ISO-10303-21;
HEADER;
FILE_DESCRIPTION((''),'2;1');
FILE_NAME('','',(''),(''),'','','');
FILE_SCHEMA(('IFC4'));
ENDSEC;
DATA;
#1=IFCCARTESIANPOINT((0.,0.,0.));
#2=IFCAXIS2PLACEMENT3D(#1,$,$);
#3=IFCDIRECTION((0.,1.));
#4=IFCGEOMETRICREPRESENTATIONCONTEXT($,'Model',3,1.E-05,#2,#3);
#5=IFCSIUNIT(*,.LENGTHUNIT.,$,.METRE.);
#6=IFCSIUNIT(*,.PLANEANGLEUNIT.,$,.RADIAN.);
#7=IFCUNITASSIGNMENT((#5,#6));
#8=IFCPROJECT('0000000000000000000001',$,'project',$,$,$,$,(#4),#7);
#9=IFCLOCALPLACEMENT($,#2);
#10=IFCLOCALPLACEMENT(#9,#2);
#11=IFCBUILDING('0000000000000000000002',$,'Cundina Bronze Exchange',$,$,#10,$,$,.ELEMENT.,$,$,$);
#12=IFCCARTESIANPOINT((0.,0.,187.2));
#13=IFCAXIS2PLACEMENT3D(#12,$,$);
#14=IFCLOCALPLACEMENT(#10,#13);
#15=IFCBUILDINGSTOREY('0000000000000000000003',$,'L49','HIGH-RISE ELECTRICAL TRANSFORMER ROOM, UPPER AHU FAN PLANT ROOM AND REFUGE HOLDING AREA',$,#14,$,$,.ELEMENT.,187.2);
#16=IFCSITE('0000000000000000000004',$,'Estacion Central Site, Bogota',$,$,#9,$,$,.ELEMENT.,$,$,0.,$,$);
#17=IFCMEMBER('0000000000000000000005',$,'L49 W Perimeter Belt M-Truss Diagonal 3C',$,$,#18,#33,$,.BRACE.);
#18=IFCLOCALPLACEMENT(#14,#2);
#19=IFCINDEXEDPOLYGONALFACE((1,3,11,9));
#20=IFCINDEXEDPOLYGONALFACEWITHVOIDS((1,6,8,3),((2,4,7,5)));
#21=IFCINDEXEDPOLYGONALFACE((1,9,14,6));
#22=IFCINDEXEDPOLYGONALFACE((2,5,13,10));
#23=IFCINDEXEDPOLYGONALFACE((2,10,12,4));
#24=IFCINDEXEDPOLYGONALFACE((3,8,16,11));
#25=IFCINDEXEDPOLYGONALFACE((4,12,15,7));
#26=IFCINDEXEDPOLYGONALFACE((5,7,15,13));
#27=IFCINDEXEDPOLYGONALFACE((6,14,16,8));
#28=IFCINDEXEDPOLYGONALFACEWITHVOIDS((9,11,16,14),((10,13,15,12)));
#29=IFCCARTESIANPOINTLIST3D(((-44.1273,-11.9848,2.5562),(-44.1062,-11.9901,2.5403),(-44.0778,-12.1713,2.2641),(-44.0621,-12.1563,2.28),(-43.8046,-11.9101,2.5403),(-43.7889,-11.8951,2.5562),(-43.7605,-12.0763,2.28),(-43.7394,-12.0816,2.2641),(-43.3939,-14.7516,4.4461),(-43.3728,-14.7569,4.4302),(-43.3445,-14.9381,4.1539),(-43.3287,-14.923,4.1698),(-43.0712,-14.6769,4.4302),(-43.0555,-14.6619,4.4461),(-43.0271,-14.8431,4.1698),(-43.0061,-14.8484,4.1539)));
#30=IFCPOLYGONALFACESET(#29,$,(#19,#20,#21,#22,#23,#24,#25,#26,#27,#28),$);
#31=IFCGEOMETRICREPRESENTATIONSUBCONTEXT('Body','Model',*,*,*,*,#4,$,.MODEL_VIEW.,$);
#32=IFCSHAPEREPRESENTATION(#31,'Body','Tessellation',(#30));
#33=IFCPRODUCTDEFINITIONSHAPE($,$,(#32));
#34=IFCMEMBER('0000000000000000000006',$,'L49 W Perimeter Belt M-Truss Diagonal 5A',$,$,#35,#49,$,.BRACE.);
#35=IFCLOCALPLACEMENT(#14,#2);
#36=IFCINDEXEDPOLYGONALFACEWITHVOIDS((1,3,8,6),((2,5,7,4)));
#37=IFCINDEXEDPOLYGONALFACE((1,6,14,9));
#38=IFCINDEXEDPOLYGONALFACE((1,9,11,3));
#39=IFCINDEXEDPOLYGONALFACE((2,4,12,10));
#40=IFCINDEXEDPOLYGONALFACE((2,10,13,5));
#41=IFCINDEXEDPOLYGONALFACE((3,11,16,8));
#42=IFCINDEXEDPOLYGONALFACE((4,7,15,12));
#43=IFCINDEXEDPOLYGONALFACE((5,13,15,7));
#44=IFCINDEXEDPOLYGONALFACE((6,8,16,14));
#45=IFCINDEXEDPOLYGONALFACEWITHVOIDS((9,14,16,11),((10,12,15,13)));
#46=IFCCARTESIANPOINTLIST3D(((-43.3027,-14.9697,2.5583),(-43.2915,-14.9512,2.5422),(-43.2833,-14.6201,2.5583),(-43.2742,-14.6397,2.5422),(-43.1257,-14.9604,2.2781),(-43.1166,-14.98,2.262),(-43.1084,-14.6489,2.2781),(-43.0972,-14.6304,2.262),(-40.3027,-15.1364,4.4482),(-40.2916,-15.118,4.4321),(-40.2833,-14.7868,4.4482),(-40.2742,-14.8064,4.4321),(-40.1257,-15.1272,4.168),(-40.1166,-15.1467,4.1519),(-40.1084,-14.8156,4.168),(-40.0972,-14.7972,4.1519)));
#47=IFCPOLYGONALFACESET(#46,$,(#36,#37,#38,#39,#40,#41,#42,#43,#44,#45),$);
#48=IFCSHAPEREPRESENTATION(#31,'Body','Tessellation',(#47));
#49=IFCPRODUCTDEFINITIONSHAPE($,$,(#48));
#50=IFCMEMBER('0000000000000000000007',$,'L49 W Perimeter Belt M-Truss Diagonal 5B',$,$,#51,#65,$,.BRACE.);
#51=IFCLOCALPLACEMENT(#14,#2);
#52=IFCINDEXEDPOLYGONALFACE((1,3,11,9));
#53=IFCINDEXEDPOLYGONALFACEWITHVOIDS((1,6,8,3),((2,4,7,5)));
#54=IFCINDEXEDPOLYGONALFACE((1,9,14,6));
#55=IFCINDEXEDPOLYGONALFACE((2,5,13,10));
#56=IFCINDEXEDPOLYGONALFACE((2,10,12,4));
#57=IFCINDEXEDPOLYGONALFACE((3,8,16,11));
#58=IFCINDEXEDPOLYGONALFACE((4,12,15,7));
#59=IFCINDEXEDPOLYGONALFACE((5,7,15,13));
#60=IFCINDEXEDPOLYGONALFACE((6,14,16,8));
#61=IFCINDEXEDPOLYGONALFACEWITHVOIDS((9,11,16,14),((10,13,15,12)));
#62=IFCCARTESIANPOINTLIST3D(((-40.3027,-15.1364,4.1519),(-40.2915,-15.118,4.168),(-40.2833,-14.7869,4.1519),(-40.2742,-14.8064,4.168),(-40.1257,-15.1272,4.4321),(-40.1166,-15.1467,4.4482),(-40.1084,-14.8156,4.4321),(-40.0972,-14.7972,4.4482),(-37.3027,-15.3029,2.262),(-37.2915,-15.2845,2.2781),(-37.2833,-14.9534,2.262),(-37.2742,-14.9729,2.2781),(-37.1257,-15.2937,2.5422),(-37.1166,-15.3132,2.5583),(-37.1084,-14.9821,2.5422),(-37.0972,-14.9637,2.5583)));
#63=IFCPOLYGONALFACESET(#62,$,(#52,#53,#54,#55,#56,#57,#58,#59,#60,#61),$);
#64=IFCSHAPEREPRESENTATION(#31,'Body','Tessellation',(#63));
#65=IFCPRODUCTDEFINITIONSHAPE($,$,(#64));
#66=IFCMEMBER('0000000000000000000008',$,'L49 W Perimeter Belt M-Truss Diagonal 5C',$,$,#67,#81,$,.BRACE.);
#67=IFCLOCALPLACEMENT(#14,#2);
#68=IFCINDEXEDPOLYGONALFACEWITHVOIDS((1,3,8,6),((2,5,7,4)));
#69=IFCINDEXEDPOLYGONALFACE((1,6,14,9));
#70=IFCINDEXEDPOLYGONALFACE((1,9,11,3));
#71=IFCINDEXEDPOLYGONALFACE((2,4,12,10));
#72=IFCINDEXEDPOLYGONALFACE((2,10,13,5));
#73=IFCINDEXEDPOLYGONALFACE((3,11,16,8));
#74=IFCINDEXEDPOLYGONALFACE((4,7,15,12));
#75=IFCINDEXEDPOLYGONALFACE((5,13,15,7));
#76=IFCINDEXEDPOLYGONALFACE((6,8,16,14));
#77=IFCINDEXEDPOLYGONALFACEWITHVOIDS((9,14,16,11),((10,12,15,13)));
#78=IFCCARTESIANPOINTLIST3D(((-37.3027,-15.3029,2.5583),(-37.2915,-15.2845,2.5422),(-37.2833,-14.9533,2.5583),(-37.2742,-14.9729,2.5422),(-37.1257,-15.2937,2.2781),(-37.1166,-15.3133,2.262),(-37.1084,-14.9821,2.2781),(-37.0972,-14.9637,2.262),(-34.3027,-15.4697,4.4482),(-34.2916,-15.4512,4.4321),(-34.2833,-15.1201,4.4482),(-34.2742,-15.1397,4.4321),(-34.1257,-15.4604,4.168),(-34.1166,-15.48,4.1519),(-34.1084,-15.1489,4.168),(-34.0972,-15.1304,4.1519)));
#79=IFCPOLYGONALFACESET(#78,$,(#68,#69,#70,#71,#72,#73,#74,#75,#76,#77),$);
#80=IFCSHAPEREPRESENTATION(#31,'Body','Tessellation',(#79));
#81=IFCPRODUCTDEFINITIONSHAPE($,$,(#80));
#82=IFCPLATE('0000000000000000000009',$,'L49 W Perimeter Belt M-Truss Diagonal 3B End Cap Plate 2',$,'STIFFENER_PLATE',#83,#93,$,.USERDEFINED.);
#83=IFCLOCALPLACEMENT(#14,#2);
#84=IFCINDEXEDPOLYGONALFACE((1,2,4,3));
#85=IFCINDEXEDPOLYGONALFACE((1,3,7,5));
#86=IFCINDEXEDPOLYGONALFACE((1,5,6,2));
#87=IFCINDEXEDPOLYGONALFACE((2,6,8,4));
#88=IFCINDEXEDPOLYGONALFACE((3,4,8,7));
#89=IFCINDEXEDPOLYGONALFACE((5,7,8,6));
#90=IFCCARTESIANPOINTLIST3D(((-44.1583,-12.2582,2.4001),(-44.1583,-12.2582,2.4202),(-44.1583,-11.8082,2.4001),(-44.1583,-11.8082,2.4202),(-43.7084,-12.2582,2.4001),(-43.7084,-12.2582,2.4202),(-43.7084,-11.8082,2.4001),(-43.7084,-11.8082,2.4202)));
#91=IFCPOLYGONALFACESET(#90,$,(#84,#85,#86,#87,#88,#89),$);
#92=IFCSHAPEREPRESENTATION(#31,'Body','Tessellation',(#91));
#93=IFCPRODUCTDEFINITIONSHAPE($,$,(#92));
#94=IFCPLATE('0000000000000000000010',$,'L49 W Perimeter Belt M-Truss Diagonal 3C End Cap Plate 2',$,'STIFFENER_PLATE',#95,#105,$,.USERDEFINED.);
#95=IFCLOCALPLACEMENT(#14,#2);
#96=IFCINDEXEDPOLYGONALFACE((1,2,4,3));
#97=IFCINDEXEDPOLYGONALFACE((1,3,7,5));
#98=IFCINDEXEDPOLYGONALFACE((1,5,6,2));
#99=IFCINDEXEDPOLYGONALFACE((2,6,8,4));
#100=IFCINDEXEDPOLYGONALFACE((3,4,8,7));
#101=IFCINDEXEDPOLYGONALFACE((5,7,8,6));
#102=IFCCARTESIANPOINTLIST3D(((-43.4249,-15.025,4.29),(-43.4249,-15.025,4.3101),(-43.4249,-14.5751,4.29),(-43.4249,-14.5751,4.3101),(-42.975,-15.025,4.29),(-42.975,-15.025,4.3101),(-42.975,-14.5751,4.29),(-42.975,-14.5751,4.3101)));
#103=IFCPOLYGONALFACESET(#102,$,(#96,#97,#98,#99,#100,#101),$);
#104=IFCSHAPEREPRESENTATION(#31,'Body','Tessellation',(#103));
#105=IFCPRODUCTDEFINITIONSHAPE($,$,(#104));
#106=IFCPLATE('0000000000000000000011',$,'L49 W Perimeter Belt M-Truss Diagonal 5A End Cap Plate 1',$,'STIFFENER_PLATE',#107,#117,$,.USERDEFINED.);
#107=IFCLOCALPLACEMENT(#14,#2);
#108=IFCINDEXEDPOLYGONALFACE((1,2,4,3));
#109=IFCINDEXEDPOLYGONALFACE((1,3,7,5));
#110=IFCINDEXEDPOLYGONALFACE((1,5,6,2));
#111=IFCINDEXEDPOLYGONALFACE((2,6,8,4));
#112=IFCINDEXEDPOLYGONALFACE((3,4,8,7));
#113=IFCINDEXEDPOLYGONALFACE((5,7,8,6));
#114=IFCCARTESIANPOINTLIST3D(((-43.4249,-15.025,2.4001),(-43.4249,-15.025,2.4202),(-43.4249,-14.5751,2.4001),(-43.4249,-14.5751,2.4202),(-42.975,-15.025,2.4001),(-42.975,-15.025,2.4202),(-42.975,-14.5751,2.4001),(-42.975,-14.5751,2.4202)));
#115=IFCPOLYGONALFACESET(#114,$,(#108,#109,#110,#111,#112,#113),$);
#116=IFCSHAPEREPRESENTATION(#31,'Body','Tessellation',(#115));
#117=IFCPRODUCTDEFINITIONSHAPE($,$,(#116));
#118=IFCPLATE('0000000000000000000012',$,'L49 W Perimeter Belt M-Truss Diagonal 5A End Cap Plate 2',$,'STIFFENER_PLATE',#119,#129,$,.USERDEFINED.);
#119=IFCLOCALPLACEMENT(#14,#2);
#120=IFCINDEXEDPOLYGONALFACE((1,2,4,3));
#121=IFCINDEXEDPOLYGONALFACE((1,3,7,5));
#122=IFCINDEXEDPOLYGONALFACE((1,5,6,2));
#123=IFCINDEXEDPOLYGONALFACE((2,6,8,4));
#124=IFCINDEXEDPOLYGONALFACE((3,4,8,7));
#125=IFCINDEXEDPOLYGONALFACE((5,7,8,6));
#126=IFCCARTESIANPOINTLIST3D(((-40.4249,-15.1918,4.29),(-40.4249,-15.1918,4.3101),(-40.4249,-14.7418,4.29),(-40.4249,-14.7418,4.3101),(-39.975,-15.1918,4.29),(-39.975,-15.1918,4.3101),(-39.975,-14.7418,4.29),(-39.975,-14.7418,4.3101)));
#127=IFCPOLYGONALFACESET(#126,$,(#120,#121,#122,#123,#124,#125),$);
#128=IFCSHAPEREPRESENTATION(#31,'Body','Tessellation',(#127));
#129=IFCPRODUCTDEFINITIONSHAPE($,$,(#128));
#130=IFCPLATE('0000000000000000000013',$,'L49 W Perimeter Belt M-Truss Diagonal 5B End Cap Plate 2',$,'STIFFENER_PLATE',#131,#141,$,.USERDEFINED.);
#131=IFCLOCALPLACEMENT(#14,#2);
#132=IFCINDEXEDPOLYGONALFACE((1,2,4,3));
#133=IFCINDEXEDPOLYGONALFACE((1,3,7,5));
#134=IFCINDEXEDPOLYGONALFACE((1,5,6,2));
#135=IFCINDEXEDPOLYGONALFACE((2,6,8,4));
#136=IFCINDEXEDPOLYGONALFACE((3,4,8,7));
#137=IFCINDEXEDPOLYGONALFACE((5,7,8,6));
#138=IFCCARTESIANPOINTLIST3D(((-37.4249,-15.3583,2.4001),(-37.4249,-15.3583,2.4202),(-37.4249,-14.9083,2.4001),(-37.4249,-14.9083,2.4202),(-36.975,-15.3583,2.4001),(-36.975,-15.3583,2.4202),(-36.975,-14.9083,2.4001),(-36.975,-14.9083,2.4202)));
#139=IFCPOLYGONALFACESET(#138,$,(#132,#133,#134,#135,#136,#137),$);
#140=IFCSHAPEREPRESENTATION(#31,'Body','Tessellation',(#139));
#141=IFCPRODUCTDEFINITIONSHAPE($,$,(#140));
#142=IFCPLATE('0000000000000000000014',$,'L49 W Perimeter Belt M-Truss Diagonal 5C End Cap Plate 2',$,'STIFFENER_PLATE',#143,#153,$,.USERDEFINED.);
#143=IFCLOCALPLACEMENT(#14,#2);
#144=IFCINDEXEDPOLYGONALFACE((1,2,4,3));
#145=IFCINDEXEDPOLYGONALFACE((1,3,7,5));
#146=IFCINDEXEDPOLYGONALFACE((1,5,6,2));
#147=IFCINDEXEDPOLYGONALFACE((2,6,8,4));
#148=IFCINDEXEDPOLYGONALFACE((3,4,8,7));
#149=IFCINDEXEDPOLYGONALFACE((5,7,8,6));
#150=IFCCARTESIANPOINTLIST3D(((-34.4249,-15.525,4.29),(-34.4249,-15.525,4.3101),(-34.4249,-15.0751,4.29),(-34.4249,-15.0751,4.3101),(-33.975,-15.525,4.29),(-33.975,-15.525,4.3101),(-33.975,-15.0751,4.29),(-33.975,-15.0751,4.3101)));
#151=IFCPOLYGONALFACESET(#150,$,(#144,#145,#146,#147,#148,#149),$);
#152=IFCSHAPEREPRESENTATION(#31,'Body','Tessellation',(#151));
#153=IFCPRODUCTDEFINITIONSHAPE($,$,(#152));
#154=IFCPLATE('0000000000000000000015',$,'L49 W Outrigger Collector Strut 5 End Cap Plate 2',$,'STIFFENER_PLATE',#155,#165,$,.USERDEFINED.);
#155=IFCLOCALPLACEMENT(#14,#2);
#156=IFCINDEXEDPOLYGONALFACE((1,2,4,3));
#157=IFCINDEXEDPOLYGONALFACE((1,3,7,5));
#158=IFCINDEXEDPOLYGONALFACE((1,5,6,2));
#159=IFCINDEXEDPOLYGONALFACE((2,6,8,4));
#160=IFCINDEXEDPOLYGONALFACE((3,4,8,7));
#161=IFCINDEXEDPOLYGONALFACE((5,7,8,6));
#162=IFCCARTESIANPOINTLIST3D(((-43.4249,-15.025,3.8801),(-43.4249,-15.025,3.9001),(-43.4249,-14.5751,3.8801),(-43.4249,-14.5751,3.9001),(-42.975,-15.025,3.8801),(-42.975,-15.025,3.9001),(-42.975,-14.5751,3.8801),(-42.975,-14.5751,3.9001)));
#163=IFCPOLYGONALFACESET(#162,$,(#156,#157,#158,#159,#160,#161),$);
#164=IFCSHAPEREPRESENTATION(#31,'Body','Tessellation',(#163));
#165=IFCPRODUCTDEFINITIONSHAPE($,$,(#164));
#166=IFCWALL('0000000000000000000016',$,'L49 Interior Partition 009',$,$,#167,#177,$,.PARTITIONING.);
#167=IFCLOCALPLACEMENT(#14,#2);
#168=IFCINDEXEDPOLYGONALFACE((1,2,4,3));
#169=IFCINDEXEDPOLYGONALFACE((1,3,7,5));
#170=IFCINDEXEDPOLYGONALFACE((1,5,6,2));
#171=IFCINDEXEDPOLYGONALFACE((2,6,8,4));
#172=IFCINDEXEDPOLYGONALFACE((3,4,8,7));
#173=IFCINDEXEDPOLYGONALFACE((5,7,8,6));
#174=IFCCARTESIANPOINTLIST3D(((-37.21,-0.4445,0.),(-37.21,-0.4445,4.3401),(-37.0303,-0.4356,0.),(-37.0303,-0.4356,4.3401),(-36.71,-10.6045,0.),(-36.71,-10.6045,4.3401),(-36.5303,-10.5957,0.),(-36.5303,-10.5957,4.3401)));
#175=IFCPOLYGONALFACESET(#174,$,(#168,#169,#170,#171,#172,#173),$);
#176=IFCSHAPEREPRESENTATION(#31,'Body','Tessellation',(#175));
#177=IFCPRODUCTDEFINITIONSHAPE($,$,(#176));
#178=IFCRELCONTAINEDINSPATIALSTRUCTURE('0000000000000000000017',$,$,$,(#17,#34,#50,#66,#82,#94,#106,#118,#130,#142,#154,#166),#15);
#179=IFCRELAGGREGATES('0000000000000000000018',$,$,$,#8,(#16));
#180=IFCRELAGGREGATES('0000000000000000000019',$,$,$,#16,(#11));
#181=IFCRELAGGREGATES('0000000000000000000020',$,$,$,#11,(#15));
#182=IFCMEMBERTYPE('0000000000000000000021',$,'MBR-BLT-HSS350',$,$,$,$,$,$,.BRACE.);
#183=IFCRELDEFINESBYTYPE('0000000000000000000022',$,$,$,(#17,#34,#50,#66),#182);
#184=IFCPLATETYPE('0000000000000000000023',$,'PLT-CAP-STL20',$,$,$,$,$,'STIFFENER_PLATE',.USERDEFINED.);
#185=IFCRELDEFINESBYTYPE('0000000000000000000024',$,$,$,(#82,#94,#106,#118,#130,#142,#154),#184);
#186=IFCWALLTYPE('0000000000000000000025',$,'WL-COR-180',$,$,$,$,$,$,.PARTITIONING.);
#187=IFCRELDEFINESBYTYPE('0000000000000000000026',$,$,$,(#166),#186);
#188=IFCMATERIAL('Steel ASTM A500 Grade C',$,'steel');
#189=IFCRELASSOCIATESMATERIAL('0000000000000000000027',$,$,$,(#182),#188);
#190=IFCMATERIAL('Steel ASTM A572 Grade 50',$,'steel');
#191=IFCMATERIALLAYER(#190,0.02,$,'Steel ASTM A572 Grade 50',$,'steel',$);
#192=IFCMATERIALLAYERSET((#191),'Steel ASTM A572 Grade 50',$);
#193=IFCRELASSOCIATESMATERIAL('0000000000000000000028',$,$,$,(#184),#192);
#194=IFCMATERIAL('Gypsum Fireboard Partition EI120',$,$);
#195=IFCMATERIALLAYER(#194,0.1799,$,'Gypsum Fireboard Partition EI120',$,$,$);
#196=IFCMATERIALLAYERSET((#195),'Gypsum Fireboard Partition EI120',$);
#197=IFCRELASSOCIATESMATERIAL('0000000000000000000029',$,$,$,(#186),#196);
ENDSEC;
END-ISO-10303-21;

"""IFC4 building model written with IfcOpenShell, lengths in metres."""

from ifc_helpers import new_model, si_unit, direction, frame, frame_2d, origin, origin_2d, place, context, subcontext, project, spatial, rectangle, hollow_rectangle, extrude, material, layer, layer_set, material_profile, profile_set, type_object, element, save


model = new_model("IFC4")

# Units and contexts
model_context = context("Model", 3, precision=1e-05, world=origin(), true_north=direction((0.0, 1.0)))
body_context = subcontext(model_context, "Body", "Model", "MODEL_VIEW")
ifc_project = project(units=[si_unit("LENGTHUNIT", "METRE"), si_unit("PLANEANGLEUNIT", "RADIAN")], contexts=[model_context])

# Site, building, storey
site_placement = place(None, origin())
site = spatial("IfcSite", under=ifc_project, at=site_placement, Name="Estacion Central Site, Bogota", CompositionType="ELEMENT", RefElevation=0.0)
building_placement = place(site_placement, origin())
building = spatial("IfcBuilding", under=site, at=building_placement, Name="Cundina Bronze Exchange", CompositionType="ELEMENT")
storey_placement = place(building_placement, frame((0.0, 0.0, 187.2)))
storey = spatial("IfcBuildingStorey", under=building, at=storey_placement, Name="L49", Description="HIGH-RISE ELECTRICAL TRANSFORMER ROOM, UPPER AHU FAN PLANT ROOM AND REFUGE HOLDING AREA", CompositionType="ELEMENT", Elevation=187.2)

# Members
ifc_material_1 = material(Name="Steel ASTM A500 Grade C", Category="steel")
ifc_material_profile_1 = material_profile(ifc_material_1, hollow_rectangle(XDim=0.3501, YDim=0.3501, WallThickness=0.019, at=origin_2d()), Name="HSS350X350X19", Category="steel")
ifc_profile_set_1 = profile_set([ifc_material_profile_1], Name="Steel ASTM A500 Grade C")
member_type = type_object("IfcMemberType", Name="MBR-BLT-HSS350", PredefinedType="BRACE", material=ifc_profile_set_1)
member_placement = place(storey_placement, frame((-43.9333, -12.0332, 2.4102), z_axis=(0.213818, -0.806657, 0.550987), x_axis=(0.966619, 0.256218, 0.0)))
element("IfcMember", 1, at=member_placement, inside=storey, type_object=member_type, Name="L49 W Perimeter Belt M-Truss Diagonal 3C", PredefinedType="BRACE", context=body_context, shape_type="SweptSolid", body=[
    extrude(hollow_rectangle(XDim=0.3501, YDim=0.3501, WallThickness=0.019, at=origin_2d()), origin(), (0.0, 0.0, 1.0), 3.4299),
])
for number, where, z_axis, x_axis, name in (
    (2, (-43.2, -14.8, 2.4102), (0.845171, -0.046977, 0.532428), (0.055497, 0.998459, 0.0), "L49 W Perimeter Belt M-Truss Diagonal 5A"),
    (3, (-40.2, -14.9668, 4.3), (0.845174, -0.046908, -0.532429), (0.055416, 0.998463, 0.0), "L49 W Perimeter Belt M-Truss Diagonal 5B"),
    (4, (-37.2, -15.1333, 2.4102), (0.845171, -0.046977, 0.532428), (0.055497, 0.998459, 0.0), "L49 W Perimeter Belt M-Truss Diagonal 5C"),
):
    element("IfcMember", number, at=place(storey_placement, frame(where, z_axis=z_axis, x_axis=x_axis)), inside=storey, type_object=member_type, Name=name, PredefinedType="BRACE", context=body_context, shape_type="SweptSolid", body=[
        extrude(hollow_rectangle(XDim=0.3501, YDim=0.3501, WallThickness=0.019, at=origin_2d()), origin(), (0.0, 0.0, 1.0), 3.5496),
    ])

# Plates
ifc_material_2 = material(Name="Steel ASTM A572 Grade 50", Category="steel")
ifc_layer_1 = layer(ifc_material_2, 0.02, Name="Steel ASTM A572 Grade 50", Category="steel")
ifc_layer_set_1 = layer_set([ifc_layer_1], Name="Steel ASTM A572 Grade 50")
plate_type = type_object("IfcPlateType", Name="PLT-CAP-STL20", ElementType="STIFFENER_PLATE", PredefinedType="USERDEFINED", material=ifc_layer_set_1)
for number, where, z_axis, x_axis, name in (
    (5, (-43.9333, -12.0332, 2.4001), (0.0, 0.0, 1.0), (1.0, 0.0, 0.0), "L49 W Perimeter Belt M-Truss Diagonal 3B End Cap Plate 2"),
    (6, (-43.2, -14.8, 4.29), (0.0, 0.0, 1.0), (1.0, 0.0, 0.0), "L49 W Perimeter Belt M-Truss Diagonal 3C End Cap Plate 2"),
    (7, (-43.2, -14.8, 2.4001), (0.0, 0.0, 1.0), (1.0, 0.0, 0.0), "L49 W Perimeter Belt M-Truss Diagonal 5A End Cap Plate 1"),
    (8, (-40.2, -14.9668, 4.29), (0.0, 0.0, 1.0), (1.0, 0.0, 0.0), "L49 W Perimeter Belt M-Truss Diagonal 5A End Cap Plate 2"),
    (9, (-37.2, -15.1333, 2.4001), (0.0, 0.0, 1.0), (1.0, 0.0, 0.0), "L49 W Perimeter Belt M-Truss Diagonal 5B End Cap Plate 2"),
    (10, (-34.2, -15.3, 4.29), (0.0, 0.0, 1.0), (1.0, 0.0, 0.0), "L49 W Perimeter Belt M-Truss Diagonal 5C End Cap Plate 2"),
    (11, (-43.2, -14.8, 3.8801), (0.0, 0.0, 1.0), (1.0, 0.0, 0.0), "L49 W Outrigger Collector Strut 5 End Cap Plate 2"),
):
    element("IfcPlate", number, at=place(storey_placement, frame(where, z_axis=z_axis, x_axis=x_axis)), inside=storey, type_object=plate_type, Name=name, ObjectType="STIFFENER_PLATE", PredefinedType="USERDEFINED", context=body_context, shape_type="SweptSolid", body=[
        extrude(rectangle(XDim=0.45, YDim=0.45, at=origin_2d()), origin(), (0.0, 0.0, 1.0), 0.02),
    ])

# Wall
ifc_material_3 = material(Name="Gypsum Fireboard Partition EI120")
ifc_layer_2 = layer(ifc_material_3, 0.1799, Name="Gypsum Fireboard Partition EI120")
ifc_layer_set_2 = layer_set([ifc_layer_2], Name="Gypsum Fireboard Partition EI120")
wall_type_1 = type_object("IfcWallType", Name="WL-COR-180", PredefinedType="PARTITIONING", material=ifc_layer_set_2)
wall_1_placement = place(storey_placement, frame((-36.6201, -10.6001, 0.0), z_axis=(0.0, 0.0, 1.0), x_axis=(-0.049152, 0.998791, 0.0)))
element("IfcWall", 12, at=wall_1_placement, inside=storey, type_object=wall_type_1, Name="L49 Interior Partition 009", PredefinedType="PARTITIONING", context=body_context, shape_type="SweptSolid", body=[
    extrude(rectangle(XDim=10.1724, YDim=0.1799, at=frame_2d((5.0862, 0.0))), origin(), (0.0, 0.0, 1.0), 4.3401),
])

save(model, "model.ifc")
